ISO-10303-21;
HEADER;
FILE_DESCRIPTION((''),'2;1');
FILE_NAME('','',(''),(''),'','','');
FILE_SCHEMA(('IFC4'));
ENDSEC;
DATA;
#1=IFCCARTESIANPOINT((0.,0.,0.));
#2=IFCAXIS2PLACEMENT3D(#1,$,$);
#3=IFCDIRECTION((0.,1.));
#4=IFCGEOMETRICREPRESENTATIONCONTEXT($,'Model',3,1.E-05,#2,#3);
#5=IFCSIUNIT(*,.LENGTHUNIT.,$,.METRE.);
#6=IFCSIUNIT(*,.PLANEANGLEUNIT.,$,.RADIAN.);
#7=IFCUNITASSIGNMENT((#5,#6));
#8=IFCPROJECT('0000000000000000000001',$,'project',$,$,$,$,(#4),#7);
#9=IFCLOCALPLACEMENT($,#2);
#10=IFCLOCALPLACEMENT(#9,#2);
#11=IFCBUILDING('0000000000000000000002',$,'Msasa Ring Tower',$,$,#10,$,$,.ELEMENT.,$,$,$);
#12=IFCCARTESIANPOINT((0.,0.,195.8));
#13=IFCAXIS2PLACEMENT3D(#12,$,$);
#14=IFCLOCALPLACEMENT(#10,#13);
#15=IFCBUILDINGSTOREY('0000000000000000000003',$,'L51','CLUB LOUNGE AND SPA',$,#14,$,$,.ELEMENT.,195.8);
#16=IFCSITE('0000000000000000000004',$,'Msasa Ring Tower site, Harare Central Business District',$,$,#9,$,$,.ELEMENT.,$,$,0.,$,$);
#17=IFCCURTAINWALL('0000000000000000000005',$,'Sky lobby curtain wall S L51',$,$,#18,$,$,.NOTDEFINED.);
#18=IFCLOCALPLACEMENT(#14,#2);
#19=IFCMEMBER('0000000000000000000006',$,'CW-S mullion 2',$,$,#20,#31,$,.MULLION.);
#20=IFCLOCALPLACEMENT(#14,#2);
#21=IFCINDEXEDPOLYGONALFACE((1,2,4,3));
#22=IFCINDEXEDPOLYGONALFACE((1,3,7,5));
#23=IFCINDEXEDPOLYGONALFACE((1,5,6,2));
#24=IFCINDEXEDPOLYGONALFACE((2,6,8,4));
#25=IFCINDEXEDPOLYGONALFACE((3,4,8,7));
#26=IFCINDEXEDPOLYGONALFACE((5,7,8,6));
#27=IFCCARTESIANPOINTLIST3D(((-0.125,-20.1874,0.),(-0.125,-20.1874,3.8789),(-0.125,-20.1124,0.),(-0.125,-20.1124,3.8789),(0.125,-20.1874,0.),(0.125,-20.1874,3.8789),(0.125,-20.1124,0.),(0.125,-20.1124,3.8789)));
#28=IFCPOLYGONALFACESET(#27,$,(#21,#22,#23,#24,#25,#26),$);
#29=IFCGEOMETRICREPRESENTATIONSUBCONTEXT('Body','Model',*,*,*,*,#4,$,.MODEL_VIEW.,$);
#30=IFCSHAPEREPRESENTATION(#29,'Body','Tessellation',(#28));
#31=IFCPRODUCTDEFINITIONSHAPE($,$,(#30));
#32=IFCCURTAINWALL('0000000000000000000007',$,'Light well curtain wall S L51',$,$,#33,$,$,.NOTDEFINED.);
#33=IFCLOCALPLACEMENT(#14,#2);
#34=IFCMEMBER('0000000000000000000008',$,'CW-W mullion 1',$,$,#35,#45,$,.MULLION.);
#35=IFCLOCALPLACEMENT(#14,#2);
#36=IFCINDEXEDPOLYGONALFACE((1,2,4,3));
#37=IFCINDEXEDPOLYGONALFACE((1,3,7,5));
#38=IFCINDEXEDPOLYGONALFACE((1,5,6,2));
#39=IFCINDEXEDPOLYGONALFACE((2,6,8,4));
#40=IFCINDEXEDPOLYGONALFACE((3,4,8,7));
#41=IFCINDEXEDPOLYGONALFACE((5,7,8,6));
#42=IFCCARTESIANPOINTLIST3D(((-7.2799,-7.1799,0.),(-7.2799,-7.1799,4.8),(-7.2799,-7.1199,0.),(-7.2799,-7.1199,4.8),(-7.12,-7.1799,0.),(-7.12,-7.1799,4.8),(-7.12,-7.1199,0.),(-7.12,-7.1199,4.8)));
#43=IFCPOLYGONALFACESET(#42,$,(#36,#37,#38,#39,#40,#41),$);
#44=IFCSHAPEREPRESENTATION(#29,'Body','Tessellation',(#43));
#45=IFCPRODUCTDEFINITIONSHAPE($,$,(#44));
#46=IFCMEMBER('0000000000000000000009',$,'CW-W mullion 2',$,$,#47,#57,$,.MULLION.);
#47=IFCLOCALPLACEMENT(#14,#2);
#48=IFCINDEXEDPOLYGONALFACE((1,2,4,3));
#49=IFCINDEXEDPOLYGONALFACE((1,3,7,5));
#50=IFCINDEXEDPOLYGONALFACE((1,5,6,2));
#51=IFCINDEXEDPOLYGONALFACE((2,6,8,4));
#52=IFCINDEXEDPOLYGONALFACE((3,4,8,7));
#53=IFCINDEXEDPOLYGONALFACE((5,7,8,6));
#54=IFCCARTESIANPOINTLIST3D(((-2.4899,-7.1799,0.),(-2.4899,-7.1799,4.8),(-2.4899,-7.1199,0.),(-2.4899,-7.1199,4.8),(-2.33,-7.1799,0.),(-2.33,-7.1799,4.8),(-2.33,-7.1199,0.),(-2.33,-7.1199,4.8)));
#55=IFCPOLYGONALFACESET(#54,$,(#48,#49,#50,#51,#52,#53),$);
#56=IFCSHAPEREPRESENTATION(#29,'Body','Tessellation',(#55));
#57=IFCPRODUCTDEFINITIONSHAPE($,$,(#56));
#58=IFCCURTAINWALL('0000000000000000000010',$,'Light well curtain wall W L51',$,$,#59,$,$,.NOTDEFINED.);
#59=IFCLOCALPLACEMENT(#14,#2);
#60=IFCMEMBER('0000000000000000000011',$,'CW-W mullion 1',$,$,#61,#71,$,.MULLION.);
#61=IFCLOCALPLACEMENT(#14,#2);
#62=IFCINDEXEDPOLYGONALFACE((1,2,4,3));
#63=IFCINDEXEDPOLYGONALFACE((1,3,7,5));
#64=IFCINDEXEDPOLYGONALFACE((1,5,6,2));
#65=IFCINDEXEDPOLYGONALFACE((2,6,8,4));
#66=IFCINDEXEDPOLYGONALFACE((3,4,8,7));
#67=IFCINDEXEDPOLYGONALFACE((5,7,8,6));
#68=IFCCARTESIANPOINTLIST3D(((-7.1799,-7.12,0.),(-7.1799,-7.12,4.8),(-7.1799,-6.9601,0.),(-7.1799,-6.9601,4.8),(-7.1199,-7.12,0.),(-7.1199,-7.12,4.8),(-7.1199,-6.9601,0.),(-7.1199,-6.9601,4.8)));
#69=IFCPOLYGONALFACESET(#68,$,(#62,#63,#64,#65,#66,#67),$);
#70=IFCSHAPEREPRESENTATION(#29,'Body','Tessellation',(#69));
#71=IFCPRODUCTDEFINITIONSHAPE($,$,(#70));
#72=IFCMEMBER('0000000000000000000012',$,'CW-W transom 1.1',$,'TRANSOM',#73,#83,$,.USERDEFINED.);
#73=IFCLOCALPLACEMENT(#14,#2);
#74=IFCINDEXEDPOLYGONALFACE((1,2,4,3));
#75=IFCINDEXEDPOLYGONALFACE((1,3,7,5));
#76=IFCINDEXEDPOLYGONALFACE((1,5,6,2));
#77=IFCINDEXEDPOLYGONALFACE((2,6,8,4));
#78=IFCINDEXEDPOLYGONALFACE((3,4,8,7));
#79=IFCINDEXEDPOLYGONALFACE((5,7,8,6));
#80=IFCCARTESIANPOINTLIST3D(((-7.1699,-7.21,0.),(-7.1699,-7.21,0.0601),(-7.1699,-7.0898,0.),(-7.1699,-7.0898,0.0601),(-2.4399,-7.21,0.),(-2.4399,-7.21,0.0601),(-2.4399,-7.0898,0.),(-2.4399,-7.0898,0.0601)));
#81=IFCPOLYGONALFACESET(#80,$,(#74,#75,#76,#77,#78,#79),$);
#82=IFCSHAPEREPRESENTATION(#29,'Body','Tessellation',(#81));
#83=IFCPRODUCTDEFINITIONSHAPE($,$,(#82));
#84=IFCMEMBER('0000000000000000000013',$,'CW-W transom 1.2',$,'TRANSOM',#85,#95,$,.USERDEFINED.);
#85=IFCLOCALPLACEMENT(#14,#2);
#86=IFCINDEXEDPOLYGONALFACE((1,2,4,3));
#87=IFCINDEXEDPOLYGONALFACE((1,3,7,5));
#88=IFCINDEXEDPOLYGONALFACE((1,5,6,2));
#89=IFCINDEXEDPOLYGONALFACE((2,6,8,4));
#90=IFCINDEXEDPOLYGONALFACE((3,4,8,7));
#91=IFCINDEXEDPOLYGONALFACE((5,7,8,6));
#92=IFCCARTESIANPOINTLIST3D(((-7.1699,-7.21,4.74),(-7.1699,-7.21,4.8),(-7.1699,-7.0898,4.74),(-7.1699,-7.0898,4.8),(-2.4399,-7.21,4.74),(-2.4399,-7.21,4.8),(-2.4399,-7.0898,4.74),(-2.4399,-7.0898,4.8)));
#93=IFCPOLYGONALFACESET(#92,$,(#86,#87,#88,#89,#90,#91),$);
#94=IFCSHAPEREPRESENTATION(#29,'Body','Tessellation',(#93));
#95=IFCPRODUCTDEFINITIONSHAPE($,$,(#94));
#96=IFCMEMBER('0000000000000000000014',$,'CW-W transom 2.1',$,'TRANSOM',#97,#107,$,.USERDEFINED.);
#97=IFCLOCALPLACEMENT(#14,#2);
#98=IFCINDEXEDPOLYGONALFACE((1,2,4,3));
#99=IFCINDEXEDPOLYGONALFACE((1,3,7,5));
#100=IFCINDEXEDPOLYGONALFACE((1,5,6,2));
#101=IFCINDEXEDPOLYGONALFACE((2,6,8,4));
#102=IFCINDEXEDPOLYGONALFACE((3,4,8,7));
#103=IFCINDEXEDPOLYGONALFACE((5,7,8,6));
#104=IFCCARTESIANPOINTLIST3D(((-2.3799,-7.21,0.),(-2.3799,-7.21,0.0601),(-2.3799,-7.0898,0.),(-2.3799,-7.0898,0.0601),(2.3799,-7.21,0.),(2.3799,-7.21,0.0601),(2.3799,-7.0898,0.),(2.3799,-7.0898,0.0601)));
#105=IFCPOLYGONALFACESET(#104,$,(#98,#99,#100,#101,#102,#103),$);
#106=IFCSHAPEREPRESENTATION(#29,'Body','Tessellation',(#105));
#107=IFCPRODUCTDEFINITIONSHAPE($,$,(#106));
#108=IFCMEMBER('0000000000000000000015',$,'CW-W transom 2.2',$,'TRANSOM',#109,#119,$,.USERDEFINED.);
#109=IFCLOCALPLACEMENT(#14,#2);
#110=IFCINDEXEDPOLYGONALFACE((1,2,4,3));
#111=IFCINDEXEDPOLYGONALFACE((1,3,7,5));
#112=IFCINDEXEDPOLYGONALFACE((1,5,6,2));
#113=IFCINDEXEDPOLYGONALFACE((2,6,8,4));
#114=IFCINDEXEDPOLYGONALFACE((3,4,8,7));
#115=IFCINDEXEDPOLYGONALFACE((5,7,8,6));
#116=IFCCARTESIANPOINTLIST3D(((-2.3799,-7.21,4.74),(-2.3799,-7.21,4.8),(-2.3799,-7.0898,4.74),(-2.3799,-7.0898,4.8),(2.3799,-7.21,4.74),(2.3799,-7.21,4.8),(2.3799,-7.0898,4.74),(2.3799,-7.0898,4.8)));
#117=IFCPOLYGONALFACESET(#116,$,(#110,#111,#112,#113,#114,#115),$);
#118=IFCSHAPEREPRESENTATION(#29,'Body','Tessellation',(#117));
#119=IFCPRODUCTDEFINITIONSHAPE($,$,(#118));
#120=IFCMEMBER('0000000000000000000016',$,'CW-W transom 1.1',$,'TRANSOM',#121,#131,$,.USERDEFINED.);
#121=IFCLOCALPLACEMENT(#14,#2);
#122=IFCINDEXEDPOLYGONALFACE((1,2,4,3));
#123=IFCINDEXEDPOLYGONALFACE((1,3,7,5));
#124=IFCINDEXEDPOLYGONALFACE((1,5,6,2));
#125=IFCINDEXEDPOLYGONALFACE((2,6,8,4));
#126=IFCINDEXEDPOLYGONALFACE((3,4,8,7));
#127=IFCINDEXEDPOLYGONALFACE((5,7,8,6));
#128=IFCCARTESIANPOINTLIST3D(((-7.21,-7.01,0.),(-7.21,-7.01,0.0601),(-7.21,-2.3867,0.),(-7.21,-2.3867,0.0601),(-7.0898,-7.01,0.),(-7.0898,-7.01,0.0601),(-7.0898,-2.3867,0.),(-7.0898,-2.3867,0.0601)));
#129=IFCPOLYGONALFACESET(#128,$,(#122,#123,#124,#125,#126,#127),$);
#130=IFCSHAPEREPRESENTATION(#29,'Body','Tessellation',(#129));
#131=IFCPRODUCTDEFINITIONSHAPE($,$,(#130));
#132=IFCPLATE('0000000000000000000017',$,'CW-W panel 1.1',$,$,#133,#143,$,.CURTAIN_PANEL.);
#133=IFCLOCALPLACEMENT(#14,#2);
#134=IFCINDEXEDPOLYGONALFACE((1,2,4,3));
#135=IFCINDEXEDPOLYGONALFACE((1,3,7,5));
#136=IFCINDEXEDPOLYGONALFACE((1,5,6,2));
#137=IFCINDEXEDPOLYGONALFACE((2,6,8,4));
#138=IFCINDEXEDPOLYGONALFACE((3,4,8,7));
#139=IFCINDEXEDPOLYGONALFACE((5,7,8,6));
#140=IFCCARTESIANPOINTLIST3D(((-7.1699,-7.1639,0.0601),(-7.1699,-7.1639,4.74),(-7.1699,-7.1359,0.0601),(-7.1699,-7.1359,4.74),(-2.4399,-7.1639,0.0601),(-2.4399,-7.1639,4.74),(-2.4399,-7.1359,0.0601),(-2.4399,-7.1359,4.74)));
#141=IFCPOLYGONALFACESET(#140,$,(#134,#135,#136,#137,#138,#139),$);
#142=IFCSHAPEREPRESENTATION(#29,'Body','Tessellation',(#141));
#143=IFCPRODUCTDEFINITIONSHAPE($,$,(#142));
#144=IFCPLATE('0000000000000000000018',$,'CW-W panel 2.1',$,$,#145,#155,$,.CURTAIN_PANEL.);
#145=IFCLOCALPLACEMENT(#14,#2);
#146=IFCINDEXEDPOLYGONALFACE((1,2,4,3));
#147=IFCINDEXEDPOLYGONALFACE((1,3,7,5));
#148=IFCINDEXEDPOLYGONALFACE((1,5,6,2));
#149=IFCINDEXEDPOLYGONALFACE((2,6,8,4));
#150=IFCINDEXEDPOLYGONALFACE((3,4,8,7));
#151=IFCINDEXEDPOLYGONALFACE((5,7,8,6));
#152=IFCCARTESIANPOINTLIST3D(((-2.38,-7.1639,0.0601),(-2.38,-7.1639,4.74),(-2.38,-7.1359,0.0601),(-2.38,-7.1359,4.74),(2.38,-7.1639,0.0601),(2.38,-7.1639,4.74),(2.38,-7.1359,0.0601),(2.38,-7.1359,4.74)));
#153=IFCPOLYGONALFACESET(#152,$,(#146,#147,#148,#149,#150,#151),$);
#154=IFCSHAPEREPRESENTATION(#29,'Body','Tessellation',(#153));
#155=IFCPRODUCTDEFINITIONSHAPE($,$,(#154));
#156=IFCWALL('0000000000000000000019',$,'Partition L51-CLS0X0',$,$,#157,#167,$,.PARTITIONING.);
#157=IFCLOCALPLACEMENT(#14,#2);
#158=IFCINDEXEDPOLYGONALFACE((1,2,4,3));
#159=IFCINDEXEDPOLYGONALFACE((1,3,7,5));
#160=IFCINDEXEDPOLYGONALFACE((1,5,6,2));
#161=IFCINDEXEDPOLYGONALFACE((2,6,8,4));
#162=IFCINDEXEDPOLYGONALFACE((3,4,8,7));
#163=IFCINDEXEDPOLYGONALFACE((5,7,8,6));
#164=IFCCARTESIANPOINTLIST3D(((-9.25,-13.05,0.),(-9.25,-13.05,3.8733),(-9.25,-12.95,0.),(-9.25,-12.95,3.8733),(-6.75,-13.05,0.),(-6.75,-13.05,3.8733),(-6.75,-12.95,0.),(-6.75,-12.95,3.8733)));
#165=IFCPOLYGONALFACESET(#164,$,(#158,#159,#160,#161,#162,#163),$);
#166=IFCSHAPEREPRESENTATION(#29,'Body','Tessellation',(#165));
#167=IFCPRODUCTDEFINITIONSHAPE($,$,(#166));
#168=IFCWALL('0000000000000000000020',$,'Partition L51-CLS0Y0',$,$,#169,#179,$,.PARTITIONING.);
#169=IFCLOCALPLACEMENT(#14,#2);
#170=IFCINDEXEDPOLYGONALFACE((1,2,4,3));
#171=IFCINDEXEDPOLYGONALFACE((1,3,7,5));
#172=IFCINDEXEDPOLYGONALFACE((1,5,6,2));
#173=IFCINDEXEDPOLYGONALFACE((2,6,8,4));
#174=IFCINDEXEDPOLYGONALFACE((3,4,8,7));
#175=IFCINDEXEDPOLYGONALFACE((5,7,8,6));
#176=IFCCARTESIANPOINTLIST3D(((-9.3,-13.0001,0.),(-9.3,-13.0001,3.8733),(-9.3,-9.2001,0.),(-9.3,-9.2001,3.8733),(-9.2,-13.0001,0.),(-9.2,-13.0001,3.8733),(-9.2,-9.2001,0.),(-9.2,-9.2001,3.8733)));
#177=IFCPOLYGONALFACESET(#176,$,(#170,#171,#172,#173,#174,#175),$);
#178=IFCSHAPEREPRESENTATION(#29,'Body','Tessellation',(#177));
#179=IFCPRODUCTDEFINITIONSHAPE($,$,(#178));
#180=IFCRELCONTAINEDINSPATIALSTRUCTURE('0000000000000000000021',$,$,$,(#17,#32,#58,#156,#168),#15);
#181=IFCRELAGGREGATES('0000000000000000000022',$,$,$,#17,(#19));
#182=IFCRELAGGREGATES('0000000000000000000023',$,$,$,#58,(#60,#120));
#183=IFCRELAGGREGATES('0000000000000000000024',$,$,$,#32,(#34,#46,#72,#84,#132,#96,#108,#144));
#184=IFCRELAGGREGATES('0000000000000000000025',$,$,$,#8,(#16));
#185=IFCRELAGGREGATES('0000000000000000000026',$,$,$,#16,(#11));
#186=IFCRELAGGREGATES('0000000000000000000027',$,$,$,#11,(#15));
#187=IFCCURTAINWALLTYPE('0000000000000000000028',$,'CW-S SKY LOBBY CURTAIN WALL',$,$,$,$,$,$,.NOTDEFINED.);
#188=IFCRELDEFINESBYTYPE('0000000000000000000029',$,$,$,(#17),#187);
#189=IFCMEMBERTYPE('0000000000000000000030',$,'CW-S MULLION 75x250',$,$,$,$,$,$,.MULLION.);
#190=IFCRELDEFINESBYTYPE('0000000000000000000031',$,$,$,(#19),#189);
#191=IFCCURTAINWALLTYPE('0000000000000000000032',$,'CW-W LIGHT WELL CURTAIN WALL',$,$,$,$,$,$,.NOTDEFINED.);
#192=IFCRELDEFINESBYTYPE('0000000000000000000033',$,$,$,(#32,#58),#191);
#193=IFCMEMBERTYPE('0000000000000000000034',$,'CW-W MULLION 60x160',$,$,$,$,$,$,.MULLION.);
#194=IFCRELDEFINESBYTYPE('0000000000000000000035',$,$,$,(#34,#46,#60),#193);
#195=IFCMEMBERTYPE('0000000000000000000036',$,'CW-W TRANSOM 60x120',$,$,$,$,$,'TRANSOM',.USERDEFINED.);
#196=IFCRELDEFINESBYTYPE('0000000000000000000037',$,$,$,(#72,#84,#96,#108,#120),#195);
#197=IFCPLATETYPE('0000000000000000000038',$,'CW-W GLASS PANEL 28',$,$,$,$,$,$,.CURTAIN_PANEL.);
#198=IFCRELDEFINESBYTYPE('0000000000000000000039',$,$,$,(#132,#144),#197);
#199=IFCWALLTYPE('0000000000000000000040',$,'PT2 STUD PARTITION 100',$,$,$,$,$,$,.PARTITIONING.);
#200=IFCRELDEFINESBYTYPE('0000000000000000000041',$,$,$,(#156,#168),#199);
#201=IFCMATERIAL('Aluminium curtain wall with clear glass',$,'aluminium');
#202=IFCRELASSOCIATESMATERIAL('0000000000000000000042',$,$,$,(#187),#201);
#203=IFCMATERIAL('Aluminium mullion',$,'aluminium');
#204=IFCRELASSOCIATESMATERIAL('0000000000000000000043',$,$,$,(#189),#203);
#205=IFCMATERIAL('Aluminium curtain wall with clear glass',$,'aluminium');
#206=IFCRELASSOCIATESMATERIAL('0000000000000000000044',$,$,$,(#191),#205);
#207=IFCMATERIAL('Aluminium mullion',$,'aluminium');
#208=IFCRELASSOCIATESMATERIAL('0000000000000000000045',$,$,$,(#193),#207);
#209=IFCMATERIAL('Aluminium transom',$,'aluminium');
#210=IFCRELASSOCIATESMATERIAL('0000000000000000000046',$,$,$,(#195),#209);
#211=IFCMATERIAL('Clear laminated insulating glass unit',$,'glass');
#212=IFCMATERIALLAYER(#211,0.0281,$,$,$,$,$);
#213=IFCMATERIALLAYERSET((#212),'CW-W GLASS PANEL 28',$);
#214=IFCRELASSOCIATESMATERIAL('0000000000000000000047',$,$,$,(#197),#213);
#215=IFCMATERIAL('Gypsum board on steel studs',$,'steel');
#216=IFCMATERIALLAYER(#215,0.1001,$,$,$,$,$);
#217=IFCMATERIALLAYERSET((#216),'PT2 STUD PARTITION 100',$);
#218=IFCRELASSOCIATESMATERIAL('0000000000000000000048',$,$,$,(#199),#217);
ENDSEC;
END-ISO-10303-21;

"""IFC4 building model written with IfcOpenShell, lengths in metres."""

from ifc_helpers import new_model, si_unit, direction, frame, frame_2d, origin, origin_2d, place, context, subcontext, project, spatial, rectangle, extrude, material, layer, layer_set, material_profile, profile_set, type_object, element, aggregate, save


model = new_model("IFC4")

# Units and contexts
model_context = context("Model", 3, precision=1e-05, world=origin(), true_north=direction((0.0, 1.0)))
body_context = subcontext(model_context, "Body", "Model", "MODEL_VIEW")
ifc_project = project(units=[si_unit("LENGTHUNIT", "METRE"), si_unit("PLANEANGLEUNIT", "RADIAN")], contexts=[model_context])

# Site, building, storey
site_placement = place(None, origin())
site = spatial("IfcSite", under=ifc_project, at=site_placement, Name="Msasa Ring Tower site, Harare Central Business District", CompositionType="ELEMENT", RefElevation=0.0)
building_placement = place(site_placement, origin())
building = spatial("IfcBuilding", under=site, at=building_placement, Name="Msasa Ring Tower", CompositionType="ELEMENT")
storey_placement = place(building_placement, frame((0.0, 0.0, 195.8)))
storey = spatial("IfcBuildingStorey", under=building, at=storey_placement, Name="L51", Description="CLUB LOUNGE AND SPA", CompositionType="ELEMENT", Elevation=195.8)

# Curtain wall, member
ifc_material_1 = material(Name="Aluminium curtain wall with clear glass", Category="aluminium")
curtain_wall_type_1 = type_object("IfcCurtainWallType", Name="CW-S SKY LOBBY CURTAIN WALL", PredefinedType="NOTDEFINED", material=ifc_material_1)
curtain_wall_1_placement = place(storey_placement, origin())
curtain_wall_1 = element("IfcCurtainWall", 1, at=curtain_wall_1_placement, inside=storey, type_object=curtain_wall_type_1, Name="Sky lobby curtain wall S L51", PredefinedType="NOTDEFINED")
ifc_material_2 = material(Name="Aluminium mullion", Category="aluminium")
ifc_material_profile_1 = material_profile(ifc_material_2, rectangle(XDim=0.075, YDim=0.25, at=origin_2d()), Name="AL 75x250")
ifc_profile_set_1 = profile_set([ifc_material_profile_1], Name="Aluminium mullion")
member_type_1 = type_object("IfcMemberType", Name="CW-S MULLION 75x250", PredefinedType="MULLION", material=ifc_profile_set_1)
member_1_placement = place(storey_placement, frame((0.0, -20.1499, 0.0), z_axis=(0.0, 0.0, 1.0), x_axis=(0.0, 1.0, 0.0)))
member_1 = element("IfcMember", 2, at=member_1_placement, type_object=member_type_1, Name="CW-S mullion 2", PredefinedType="MULLION", context=body_context, shape_type="SweptSolid", body=[
    extrude(rectangle(XDim=0.075, YDim=0.25, at=origin_2d()), origin(), (0.0, 0.0, 1.0), 3.8789),
])
aggregate(curtain_wall_1, [member_1])

# Curtain wall, members
ifc_material_3 = material(Name="Aluminium curtain wall with clear glass", Category="aluminium")
curtain_wall_type_2 = type_object("IfcCurtainWallType", Name="CW-W LIGHT WELL CURTAIN WALL", PredefinedType="NOTDEFINED", material=ifc_material_3)
curtain_wall_2_placement = place(storey_placement, origin())
curtain_wall_2 = element("IfcCurtainWall", 3, at=curtain_wall_2_placement, inside=storey, type_object=curtain_wall_type_2, Name="Light well curtain wall S L51", PredefinedType="NOTDEFINED")
ifc_material_4 = material(Name="Aluminium mullion", Category="aluminium")
ifc_material_profile_2 = material_profile(ifc_material_4, rectangle(XDim=0.0601, YDim=0.1599, at=origin_2d()), Name="AL 60x160")
ifc_profile_set_2 = profile_set([ifc_material_profile_2], Name="Aluminium mullion")
member_type_2 = type_object("IfcMemberType", Name="CW-W MULLION 60x160", PredefinedType="MULLION", material=ifc_profile_set_2)
member_2_placement = place(storey_placement, frame((-7.2, -7.1499, 0.0), z_axis=(0.0, 0.0, 1.0), x_axis=(0.0, 1.0, 0.0)))
member_2 = element("IfcMember", 4, at=member_2_placement, type_object=member_type_2, Name="CW-W mullion 1", PredefinedType="MULLION", context=body_context, shape_type="SweptSolid", body=[
    extrude(rectangle(XDim=0.0601, YDim=0.1599, at=origin_2d()), origin(), (0.0, 0.0, 1.0), 4.8),
])
member_3_placement = place(storey_placement, frame((-2.4099, -7.1499, 0.0), z_axis=(0.0, 0.0, 1.0), x_axis=(0.0, 1.0, 0.0)))
member_3 = element("IfcMember", 5, at=member_3_placement, type_object=member_type_2, Name="CW-W mullion 2", PredefinedType="MULLION", context=body_context, shape_type="SweptSolid", body=[
    extrude(rectangle(XDim=0.0601, YDim=0.1599, at=origin_2d()), origin(), (0.0, 0.0, 1.0), 4.8),
])

# Curtain wall, member
curtain_wall_3_placement = place(storey_placement, origin())
curtain_wall_3 = element("IfcCurtainWall", 6, at=curtain_wall_3_placement, inside=storey, type_object=curtain_wall_type_2, Name="Light well curtain wall W L51", PredefinedType="NOTDEFINED")
member_4_placement = place(storey_placement, frame((-7.1499, -7.04, 0.0), z_axis=(0.0, 0.0, 1.0), x_axis=(-1.0, 0.0, 0.0)))
member_4 = element("IfcMember", 7, at=member_4_placement, type_object=member_type_2, Name="CW-W mullion 1", PredefinedType="MULLION", context=body_context, shape_type="SweptSolid", body=[
    extrude(rectangle(XDim=0.0601, YDim=0.1599, at=origin_2d()), origin(), (0.0, 0.0, 1.0), 4.8),
])

# Members
ifc_material_5 = material(Name="Aluminium transom", Category="aluminium")
ifc_material_profile_3 = material_profile(ifc_material_5, rectangle(XDim=0.1201, YDim=0.0601, at=origin_2d()), Name="AL 60x120")
ifc_profile_set_3 = profile_set([ifc_material_profile_3], Name="Aluminium transom")
member_type_3 = type_object("IfcMemberType", Name="CW-W TRANSOM 60x120", ElementType="TRANSOM", PredefinedType="USERDEFINED", material=ifc_profile_set_3)
member_5_placement = place(storey_placement, frame((-7.1699, -7.1499, 0.03), z_axis=(1.0, 0.0, 0.0), x_axis=(0.0, 1.0, 0.0)))
member_5 = element("IfcMember", 8, at=member_5_placement, type_object=member_type_3, Name="CW-W transom 1.1", ObjectType="TRANSOM", PredefinedType="USERDEFINED", context=body_context, shape_type="SweptSolid", body=[
    extrude(rectangle(XDim=0.1201, YDim=0.0601, at=origin_2d()), origin(), (0.0, 0.0, 1.0), 4.73),
])
member_6_placement = place(storey_placement, frame((-7.1699, -7.1499, 4.77), z_axis=(1.0, 0.0, 0.0), x_axis=(0.0, 1.0, 0.0)))
member_6 = element("IfcMember", 9, at=member_6_placement, type_object=member_type_3, Name="CW-W transom 1.2", ObjectType="TRANSOM", PredefinedType="USERDEFINED", context=body_context, shape_type="SweptSolid", body=[
    extrude(rectangle(XDim=0.1201, YDim=0.0601, at=origin_2d()), origin(), (0.0, 0.0, 1.0), 4.73),
])
member_7_placement = place(storey_placement, frame((-2.3799, -7.1499, 0.03), z_axis=(1.0, 0.0, 0.0), x_axis=(0.0, 1.0, 0.0)))
member_7 = element("IfcMember", 10, at=member_7_placement, type_object=member_type_3, Name="CW-W transom 2.1", ObjectType="TRANSOM", PredefinedType="USERDEFINED", context=body_context, shape_type="SweptSolid", body=[
    extrude(rectangle(XDim=0.1201, YDim=0.0601, at=origin_2d()), origin(), (0.0, 0.0, 1.0), 4.7598),
])
member_8_placement = place(storey_placement, frame((-2.3799, -7.1499, 4.77), z_axis=(1.0, 0.0, 0.0), x_axis=(0.0, 1.0, 0.0)))
member_8 = element("IfcMember", 11, at=member_8_placement, type_object=member_type_3, Name="CW-W transom 2.2", ObjectType="TRANSOM", PredefinedType="USERDEFINED", context=body_context, shape_type="SweptSolid", body=[
    extrude(rectangle(XDim=0.1201, YDim=0.0601, at=origin_2d()), origin(), (0.0, 0.0, 1.0), 4.7598),
])
member_9_placement = place(storey_placement, frame((-7.1499, -7.01, 0.03), z_axis=(0.0, 1.0, 0.0), x_axis=(-1.0, 0.0, 0.0)))
member_9 = element("IfcMember", 12, at=member_9_placement, type_object=member_type_3, Name="CW-W transom 1.1", ObjectType="TRANSOM", PredefinedType="USERDEFINED", context=body_context, shape_type="SweptSolid", body=[
    extrude(rectangle(XDim=0.1201, YDim=0.0601, at=origin_2d()), origin(), (0.0, 0.0, 1.0), 4.6233),
])
aggregate(curtain_wall_3, [member_4, member_9])

# Plates
ifc_material_6 = material(Name="Clear laminated insulating glass unit", Category="glass")
ifc_layer_1 = layer(ifc_material_6, 0.0281)
ifc_layer_set_1 = layer_set([ifc_layer_1], Name="CW-W GLASS PANEL 28")
plate_type = type_object("IfcPlateType", Name="CW-W GLASS PANEL 28", PredefinedType="CURTAIN_PANEL", material=ifc_layer_set_1)
plate_1_placement = place(storey_placement, frame((-4.8049, -7.1499, 0.0601), z_axis=(0.0, 0.0, 1.0), x_axis=(1.0, 0.0, 0.0)))
plate_1 = element("IfcPlate", 13, at=plate_1_placement, type_object=plate_type, Name="CW-W panel 1.1", PredefinedType="CURTAIN_PANEL", context=body_context, shape_type="SweptSolid", body=[
    extrude(rectangle(XDim=4.73, YDim=0.0281, at=origin_2d()), origin(), (0.0, 0.0, 1.0), 4.6799),
])
plate_2_placement = place(storey_placement, frame((0.0, -7.1499, 0.0601), z_axis=(0.0, 0.0, 1.0), x_axis=(1.0, 0.0, 0.0)))
plate_2 = element("IfcPlate", 14, at=plate_2_placement, type_object=plate_type, Name="CW-W panel 2.1", PredefinedType="CURTAIN_PANEL", context=body_context, shape_type="SweptSolid", body=[
    extrude(rectangle(XDim=4.76, YDim=0.0281, at=origin_2d()), origin(), (0.0, 0.0, 1.0), 4.6799),
])
aggregate(curtain_wall_2, [member_2, member_3, member_5, member_6, plate_1, member_7, member_8, plate_2])

# Walls
ifc_material_7 = material(Name="Gypsum board on steel studs", Category="steel")
ifc_layer_2 = layer(ifc_material_7, 0.1001)
ifc_layer_set_2 = layer_set([ifc_layer_2], Name="PT2 STUD PARTITION 100")
wall_type_1 = type_object("IfcWallType", Name="PT2 STUD PARTITION 100", PredefinedType="PARTITIONING", material=ifc_layer_set_2)
wall_1_placement = place(storey_placement, frame((-9.25, -13.0, 0.0), z_axis=(0.0, 0.0, 1.0), x_axis=(1.0, 0.0, 0.0)))
element("IfcWall", 15, at=wall_1_placement, inside=storey, type_object=wall_type_1, Name="Partition L51-CLS0X0", PredefinedType="PARTITIONING", context=body_context, shape_type="SweptSolid", body=[
    extrude(rectangle(XDim=2.5, YDim=0.1001, at=frame_2d((1.25, 0.0))), origin(), (0.0, 0.0, 1.0), 3.8733),
])
wall_2_placement = place(storey_placement, frame((-9.25, -13.0, 0.0), z_axis=(0.0, 0.0, 1.0), x_axis=(0.0, 1.0, 0.0)))
element("IfcWall", 16, at=wall_2_placement, inside=storey, type_object=wall_type_1, Name="Partition L51-CLS0Y0", PredefinedType="PARTITIONING", context=body_context, shape_type="SweptSolid", body=[
    extrude(rectangle(XDim=3.8, YDim=0.1001, at=frame_2d((1.8999, 0.0))), origin(), (0.0, 0.0, 1.0), 3.8733),
])

save(model, "model.ifc")
